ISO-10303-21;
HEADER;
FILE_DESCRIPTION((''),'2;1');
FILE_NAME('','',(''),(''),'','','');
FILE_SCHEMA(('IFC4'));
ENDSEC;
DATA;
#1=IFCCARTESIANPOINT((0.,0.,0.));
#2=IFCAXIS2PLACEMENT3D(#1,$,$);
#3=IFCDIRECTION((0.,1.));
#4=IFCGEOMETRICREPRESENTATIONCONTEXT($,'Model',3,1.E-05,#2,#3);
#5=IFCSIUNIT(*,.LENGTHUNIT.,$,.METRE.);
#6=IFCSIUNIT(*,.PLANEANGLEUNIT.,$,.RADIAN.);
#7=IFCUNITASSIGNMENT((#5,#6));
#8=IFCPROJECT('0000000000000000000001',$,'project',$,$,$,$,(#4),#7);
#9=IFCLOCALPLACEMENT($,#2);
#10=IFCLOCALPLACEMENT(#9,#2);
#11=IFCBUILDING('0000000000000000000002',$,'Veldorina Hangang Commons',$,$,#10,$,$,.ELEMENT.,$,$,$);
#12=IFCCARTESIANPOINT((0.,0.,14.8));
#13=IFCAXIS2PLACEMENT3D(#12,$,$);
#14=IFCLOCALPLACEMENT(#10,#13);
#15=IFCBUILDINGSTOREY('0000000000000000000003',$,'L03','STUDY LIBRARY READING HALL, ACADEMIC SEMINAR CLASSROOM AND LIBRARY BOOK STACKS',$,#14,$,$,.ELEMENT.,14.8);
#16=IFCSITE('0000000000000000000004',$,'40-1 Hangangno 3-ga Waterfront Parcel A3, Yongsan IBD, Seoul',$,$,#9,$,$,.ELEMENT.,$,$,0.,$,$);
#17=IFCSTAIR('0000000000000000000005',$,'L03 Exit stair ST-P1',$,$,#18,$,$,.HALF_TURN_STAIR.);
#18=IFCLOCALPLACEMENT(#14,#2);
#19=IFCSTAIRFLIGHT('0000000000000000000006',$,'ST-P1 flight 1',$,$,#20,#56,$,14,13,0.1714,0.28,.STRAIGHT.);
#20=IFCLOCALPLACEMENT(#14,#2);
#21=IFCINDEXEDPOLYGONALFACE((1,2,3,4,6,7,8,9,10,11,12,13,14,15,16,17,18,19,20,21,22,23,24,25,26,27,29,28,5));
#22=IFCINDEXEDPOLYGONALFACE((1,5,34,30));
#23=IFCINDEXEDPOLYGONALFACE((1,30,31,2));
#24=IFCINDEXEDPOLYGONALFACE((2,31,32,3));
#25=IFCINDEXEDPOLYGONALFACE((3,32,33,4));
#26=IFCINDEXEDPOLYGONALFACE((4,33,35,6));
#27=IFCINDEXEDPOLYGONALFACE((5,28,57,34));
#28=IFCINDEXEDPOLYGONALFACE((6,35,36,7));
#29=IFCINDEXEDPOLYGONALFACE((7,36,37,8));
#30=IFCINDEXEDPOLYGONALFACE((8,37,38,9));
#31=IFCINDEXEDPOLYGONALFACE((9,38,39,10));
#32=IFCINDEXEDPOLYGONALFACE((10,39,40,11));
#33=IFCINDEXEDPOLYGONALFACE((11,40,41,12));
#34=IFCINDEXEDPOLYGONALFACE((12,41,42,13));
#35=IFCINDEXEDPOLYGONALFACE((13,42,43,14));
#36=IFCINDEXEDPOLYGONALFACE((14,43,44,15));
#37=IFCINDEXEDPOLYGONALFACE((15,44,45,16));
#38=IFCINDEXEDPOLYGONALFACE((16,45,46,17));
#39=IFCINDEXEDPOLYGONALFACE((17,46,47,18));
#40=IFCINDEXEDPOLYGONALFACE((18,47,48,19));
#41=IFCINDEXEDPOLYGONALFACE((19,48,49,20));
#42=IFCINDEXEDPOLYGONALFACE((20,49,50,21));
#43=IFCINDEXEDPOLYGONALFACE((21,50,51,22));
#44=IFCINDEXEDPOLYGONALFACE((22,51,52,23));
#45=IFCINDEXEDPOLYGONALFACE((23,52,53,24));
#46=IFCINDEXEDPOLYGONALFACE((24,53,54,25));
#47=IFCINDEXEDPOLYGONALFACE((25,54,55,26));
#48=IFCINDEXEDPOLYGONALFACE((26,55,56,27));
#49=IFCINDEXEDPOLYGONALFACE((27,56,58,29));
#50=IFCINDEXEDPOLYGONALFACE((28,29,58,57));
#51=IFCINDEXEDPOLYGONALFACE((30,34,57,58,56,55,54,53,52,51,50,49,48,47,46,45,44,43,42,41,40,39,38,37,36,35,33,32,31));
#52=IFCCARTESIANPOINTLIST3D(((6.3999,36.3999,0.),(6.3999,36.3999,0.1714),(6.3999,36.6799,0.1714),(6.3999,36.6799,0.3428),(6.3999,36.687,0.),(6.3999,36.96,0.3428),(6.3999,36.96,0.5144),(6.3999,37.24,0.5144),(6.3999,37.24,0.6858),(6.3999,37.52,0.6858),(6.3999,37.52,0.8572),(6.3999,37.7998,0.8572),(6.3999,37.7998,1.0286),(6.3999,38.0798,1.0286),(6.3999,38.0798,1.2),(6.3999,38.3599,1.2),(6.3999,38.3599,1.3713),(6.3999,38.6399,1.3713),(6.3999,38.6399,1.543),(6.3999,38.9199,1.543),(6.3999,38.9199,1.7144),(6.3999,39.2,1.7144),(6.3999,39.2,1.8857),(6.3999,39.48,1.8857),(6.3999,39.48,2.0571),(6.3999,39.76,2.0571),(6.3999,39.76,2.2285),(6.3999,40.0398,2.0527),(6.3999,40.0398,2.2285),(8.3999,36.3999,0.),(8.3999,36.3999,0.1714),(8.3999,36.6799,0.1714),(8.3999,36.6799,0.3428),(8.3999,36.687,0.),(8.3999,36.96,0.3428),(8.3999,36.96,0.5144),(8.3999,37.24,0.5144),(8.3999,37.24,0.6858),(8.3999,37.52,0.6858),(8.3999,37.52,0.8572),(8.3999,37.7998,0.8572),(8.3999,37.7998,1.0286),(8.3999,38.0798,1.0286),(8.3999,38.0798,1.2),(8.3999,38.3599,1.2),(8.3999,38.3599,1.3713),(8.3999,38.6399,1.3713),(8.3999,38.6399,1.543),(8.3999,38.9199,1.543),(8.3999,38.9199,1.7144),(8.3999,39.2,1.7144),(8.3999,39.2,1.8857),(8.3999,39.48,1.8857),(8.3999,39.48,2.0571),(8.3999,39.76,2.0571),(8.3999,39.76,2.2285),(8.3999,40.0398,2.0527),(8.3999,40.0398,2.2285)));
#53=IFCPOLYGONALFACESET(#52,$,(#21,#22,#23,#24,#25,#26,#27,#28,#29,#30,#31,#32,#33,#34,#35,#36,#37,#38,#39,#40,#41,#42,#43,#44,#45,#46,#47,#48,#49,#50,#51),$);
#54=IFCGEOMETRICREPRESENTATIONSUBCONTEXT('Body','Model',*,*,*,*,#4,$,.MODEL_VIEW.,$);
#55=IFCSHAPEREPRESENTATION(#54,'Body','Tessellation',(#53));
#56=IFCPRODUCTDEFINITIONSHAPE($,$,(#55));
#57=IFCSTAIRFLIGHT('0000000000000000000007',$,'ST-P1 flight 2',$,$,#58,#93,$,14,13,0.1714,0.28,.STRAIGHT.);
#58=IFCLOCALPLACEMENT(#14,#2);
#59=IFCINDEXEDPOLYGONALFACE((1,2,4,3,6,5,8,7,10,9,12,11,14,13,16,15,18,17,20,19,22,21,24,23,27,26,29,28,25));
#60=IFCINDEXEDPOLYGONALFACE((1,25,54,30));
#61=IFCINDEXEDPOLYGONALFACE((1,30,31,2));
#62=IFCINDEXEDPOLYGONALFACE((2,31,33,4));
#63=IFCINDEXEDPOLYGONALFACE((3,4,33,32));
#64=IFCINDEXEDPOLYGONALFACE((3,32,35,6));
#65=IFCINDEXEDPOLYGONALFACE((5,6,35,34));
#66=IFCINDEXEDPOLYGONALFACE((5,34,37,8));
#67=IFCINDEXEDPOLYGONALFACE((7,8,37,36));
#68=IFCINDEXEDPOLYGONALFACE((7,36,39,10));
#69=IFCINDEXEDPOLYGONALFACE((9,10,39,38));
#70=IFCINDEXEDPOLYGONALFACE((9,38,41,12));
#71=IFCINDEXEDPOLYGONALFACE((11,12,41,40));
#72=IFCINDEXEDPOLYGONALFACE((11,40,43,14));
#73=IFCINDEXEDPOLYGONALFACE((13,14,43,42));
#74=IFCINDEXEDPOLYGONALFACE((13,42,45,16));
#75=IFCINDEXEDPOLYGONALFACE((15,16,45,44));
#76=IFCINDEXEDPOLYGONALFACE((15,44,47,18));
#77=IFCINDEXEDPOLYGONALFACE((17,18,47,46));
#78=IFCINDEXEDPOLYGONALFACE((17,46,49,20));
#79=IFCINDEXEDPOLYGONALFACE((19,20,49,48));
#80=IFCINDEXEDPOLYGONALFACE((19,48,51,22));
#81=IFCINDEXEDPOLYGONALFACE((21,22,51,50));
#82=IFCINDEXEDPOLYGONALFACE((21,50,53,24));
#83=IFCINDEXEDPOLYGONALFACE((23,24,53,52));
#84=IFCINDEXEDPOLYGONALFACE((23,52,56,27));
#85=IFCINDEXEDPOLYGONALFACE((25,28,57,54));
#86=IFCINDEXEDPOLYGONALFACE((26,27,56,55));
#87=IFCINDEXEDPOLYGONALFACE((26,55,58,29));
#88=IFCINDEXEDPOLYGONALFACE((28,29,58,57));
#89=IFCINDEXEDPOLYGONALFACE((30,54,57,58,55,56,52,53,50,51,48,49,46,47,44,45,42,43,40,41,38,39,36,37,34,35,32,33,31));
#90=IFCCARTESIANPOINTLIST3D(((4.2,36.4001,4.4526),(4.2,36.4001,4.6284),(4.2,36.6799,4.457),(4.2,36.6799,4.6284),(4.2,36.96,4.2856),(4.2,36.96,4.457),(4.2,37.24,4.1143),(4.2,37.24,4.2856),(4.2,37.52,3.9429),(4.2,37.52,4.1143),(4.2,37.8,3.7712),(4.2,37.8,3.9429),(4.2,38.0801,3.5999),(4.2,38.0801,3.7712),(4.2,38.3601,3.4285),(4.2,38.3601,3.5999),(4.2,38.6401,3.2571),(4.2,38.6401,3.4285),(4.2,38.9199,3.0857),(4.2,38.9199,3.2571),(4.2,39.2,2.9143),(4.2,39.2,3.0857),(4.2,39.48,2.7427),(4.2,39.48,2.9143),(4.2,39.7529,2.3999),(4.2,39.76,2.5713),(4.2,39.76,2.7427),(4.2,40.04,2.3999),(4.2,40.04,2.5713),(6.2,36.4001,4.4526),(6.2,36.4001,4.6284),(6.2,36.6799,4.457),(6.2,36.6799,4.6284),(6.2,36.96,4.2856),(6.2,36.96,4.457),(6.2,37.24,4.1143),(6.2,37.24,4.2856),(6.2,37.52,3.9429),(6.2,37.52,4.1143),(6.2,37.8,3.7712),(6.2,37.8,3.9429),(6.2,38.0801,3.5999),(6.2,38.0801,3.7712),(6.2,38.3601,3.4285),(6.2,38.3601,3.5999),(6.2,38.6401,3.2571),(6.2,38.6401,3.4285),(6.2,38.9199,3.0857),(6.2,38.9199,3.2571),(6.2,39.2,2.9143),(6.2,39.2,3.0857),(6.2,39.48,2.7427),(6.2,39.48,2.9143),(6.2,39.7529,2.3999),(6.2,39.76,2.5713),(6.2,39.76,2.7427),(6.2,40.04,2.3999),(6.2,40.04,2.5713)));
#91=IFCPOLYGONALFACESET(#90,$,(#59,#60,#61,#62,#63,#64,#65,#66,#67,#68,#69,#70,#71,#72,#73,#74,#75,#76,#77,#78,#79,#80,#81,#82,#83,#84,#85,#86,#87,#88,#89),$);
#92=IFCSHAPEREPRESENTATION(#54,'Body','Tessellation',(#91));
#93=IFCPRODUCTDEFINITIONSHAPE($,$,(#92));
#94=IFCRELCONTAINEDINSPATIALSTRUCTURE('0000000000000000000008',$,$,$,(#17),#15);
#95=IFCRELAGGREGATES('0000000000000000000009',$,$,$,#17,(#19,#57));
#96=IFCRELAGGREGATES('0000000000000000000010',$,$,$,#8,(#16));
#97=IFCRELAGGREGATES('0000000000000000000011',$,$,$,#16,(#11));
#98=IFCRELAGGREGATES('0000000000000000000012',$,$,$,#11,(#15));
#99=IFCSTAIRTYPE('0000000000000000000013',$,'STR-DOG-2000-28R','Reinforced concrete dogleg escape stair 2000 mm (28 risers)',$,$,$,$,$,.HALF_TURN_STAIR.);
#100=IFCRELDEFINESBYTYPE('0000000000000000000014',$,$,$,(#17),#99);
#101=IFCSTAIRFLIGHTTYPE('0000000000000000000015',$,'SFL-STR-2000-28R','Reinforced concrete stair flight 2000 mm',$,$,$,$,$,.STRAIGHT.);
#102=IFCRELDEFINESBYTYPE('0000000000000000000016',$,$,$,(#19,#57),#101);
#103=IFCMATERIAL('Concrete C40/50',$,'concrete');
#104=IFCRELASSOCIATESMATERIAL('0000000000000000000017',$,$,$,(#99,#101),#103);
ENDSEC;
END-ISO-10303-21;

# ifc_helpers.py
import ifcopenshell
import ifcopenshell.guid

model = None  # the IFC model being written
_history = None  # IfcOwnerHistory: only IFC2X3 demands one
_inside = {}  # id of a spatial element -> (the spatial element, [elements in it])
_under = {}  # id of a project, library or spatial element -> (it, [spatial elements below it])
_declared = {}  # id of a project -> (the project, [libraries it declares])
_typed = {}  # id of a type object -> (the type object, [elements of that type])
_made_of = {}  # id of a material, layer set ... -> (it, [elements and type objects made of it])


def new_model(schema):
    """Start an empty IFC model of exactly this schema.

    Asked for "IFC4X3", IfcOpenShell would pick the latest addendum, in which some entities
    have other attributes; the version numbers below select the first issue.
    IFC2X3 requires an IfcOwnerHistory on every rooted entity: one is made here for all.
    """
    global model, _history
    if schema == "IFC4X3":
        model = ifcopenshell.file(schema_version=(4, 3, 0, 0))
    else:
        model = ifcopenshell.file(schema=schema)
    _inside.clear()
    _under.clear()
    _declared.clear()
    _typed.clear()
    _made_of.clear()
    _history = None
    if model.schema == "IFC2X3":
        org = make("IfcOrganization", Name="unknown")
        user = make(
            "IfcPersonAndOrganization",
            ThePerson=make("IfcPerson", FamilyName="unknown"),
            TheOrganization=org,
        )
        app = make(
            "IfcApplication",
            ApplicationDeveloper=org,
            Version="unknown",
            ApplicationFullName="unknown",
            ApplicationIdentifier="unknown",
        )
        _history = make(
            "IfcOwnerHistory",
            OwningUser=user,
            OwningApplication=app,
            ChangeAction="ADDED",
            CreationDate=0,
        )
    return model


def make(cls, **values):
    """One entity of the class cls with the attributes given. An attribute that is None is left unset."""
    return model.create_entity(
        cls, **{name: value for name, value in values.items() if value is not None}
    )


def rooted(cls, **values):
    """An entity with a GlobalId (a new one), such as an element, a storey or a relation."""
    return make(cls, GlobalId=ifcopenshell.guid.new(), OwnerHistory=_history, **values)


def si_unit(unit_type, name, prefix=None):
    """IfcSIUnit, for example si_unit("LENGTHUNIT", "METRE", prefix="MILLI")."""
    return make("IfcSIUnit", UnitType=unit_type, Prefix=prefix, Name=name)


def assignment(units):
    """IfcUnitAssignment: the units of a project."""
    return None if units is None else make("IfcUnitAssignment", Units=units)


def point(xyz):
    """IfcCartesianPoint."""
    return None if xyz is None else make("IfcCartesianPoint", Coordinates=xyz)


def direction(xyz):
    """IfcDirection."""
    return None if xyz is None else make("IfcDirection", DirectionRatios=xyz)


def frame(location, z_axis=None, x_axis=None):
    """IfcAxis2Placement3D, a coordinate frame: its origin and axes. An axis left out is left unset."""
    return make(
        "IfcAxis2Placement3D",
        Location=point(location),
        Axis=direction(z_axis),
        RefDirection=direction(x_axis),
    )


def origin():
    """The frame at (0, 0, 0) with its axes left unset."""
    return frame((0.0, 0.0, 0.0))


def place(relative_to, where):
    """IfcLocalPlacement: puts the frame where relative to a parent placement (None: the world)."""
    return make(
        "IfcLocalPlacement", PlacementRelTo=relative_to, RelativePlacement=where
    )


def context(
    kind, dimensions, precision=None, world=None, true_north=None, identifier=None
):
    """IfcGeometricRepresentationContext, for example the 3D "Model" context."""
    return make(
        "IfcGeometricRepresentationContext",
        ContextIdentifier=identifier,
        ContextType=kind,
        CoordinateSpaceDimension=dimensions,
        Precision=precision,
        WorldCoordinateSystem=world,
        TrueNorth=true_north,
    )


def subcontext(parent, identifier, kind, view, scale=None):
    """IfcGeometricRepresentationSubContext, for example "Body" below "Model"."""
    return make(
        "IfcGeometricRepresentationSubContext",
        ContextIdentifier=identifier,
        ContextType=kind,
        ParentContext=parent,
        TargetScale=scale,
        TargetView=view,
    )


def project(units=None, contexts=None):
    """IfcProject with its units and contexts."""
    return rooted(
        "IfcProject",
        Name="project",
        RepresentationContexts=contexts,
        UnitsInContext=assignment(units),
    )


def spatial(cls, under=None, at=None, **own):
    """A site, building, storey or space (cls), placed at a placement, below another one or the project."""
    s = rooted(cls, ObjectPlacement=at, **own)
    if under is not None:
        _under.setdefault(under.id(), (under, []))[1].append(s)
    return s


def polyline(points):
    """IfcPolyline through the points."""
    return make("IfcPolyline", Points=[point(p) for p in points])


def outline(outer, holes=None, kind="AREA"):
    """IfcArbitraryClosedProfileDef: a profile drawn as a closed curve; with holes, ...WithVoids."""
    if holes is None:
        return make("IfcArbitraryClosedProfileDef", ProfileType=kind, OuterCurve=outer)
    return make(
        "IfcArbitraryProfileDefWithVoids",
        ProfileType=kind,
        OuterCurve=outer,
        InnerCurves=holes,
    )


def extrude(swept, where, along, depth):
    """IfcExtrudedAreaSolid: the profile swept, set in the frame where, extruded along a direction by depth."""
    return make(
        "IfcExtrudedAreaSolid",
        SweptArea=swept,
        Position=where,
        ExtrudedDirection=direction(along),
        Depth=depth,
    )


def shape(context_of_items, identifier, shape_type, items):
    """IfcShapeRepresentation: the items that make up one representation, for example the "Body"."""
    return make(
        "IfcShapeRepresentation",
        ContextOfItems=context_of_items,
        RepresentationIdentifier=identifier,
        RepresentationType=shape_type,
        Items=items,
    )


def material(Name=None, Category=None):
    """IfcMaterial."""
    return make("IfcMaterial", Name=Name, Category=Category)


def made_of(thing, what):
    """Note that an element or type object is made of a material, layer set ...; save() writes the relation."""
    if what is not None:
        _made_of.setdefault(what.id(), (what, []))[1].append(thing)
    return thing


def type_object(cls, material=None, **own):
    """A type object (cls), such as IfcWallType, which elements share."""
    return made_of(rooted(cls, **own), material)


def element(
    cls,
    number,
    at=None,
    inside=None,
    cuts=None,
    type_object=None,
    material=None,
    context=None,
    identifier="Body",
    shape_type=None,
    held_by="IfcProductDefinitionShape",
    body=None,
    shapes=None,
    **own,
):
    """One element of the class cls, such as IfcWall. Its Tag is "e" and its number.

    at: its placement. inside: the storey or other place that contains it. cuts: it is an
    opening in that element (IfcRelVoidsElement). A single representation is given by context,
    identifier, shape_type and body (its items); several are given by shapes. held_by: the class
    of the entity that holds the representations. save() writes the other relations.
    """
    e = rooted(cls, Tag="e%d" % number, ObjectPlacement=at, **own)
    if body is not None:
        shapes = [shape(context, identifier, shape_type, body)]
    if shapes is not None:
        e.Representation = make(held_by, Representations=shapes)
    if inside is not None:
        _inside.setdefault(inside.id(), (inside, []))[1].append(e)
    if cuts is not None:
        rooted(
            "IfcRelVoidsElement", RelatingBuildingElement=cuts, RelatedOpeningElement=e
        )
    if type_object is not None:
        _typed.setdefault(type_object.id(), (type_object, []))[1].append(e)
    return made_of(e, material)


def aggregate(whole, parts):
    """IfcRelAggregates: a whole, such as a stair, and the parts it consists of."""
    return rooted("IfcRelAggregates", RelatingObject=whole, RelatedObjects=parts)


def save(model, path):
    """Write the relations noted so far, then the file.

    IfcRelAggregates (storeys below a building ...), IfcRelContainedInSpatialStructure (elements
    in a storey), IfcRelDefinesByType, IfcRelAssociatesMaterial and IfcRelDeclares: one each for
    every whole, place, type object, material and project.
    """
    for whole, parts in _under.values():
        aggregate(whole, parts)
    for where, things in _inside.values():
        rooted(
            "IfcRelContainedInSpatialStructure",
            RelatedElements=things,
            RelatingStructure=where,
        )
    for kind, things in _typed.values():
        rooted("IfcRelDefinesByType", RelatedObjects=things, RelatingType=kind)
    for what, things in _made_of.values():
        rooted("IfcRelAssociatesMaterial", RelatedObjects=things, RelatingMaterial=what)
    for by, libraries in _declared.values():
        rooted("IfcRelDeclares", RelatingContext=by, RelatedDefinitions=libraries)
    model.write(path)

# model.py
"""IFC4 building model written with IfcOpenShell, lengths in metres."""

from ifc_helpers import new_model, si_unit, direction, frame, origin, place, context, subcontext, project, spatial, polyline, outline, extrude, material, type_object, element, aggregate, save


model = new_model("IFC4")

# Units and contexts
model_context = context("Model", 3, precision=1e-05, world=origin(), true_north=direction((0.0, 1.0)))
body_context = subcontext(model_context, "Body", "Model", "MODEL_VIEW")
ifc_project = project(units=[si_unit("LENGTHUNIT", "METRE"), si_unit("PLANEANGLEUNIT", "RADIAN")], contexts=[model_context])

# Site, building, storey
site_placement = place(None, origin())
site = spatial("IfcSite", under=ifc_project, at=site_placement, Name="40-1 Hangangno 3-ga Waterfront Parcel A3, Yongsan IBD, Seoul", CompositionType="ELEMENT", RefElevation=0.0)
building_placement = place(site_placement, origin())
building = spatial("IfcBuilding", under=site, at=building_placement, Name="Veldorina Hangang Commons", CompositionType="ELEMENT")
storey_placement = place(building_placement, frame((0.0, 0.0, 14.8)))
storey = spatial("IfcBuildingStorey", under=building, at=storey_placement, Name="L03", Description="STUDY LIBRARY READING HALL, ACADEMIC SEMINAR CLASSROOM AND LIBRARY BOOK STACKS", CompositionType="ELEMENT", Elevation=14.8)

# Stair, stair flights
ifc_material_1 = material(Name="Concrete C40/50", Category="concrete")
stair_type = type_object("IfcStairType", Name="STR-DOG-2000-28R", Description="Reinforced concrete dogleg escape stair 2000 mm (28 risers)", PredefinedType="HALF_TURN_STAIR", material=ifc_material_1)
stair_placement = place(storey_placement, origin())
stair = element("IfcStair", 1, at=stair_placement, inside=storey, type_object=stair_type, Name="L03 Exit stair ST-P1", PredefinedType="HALF_TURN_STAIR")
stair_flight_type = type_object("IfcStairFlightType", Name="SFL-STR-2000-28R", Description="Reinforced concrete stair flight 2000 mm", PredefinedType="STRAIGHT", material=ifc_material_1)
stair_flight_1_placement = place(storey_placement, frame((7.3999, 36.3999, 0.0), z_axis=(0.0, 0.0, 1.0), x_axis=(0.0, 1.0, 0.0)))
stair_flight_1 = element("IfcStairFlight", 2, at=stair_flight_1_placement, type_object=stair_flight_type, Name="ST-P1 flight 1", NumberOfRisers=14, NumberOfTreads=13, PredefinedType="STRAIGHT", RiserHeight=0.1714, TreadLength=0.28, context=body_context, shape_type="SweptSolid", body=[
    extrude(outline(polyline([(0.0, 0.0), (0.0, 0.1714), (0.28, 0.1714), (0.28, 0.3428), (0.5601, 0.3428), (0.5601, 0.5144), (0.8401, 0.5144), (0.8401, 0.6858), (1.1201, 0.6858), (1.1201, 0.8572), (1.3999, 0.8572), (1.3999, 1.0286), (1.6799, 1.0286), (1.6799, 1.2), (1.96, 1.2), (1.96, 1.3713), (2.24, 1.3713), (2.24, 1.543), (2.52, 1.543), (2.52, 1.7144), (2.8, 1.7144), (2.8, 1.8857), (3.0801, 1.8857), (3.0801, 2.0571), (3.3601, 2.0571), (3.3601, 2.2285), (3.6399, 2.2285), (3.6399, 2.3999), (3.6399, 2.0527), (0.2871, 0.0), (0.0, 0.0)])), frame((0.0, 1.0, 0.0), z_axis=(0.0, -1.0, 0.0), x_axis=(1.0, 0.0, 0.0)), (0.0, 0.0, 1.0), 2.0),
])
stair_flight_2_placement = place(storey_placement, frame((5.2, 40.04, 2.3999), z_axis=(0.0, 0.0, 1.0), x_axis=(0.0, -1.0, 0.0)))
stair_flight_2 = element("IfcStairFlight", 3, at=stair_flight_2_placement, type_object=stair_flight_type, Name="ST-P1 flight 2", NumberOfRisers=14, NumberOfTreads=13, PredefinedType="STRAIGHT", RiserHeight=0.1714, TreadLength=0.28, context=body_context, shape_type="SweptSolid", body=[
    extrude(outline(polyline([(0.0, 0.0), (0.0, 0.1714), (0.28, 0.1714), (0.28, 0.3428), (0.5601, 0.3428), (0.5601, 0.5144), (0.8401, 0.5144), (0.8401, 0.6858), (1.1201, 0.6858), (1.1201, 0.8572), (1.3999, 0.8572), (1.3999, 1.0286), (1.6799, 1.0286), (1.6799, 1.2), (1.96, 1.2), (1.96, 1.3713), (2.24, 1.3713), (2.24, 1.543), (2.52, 1.543), (2.52, 1.7144), (2.8, 1.7144), (2.8, 1.8857), (3.0801, 1.8857), (3.0801, 2.0571), (3.3601, 2.0571), (3.3601, 2.2285), (3.6399, 2.2285), (3.6399, 2.3999), (3.6399, 2.0527), (0.2871, 0.0), (0.0, 0.0)])), frame((0.0, 1.0, 0.0), z_axis=(0.0, -1.0, 0.0), x_axis=(1.0, 0.0, 0.0)), (0.0, 0.0, 1.0), 2.0),
])
aggregate(stair, [stair_flight_1, stair_flight_2])

save(model, "model.ifc")
